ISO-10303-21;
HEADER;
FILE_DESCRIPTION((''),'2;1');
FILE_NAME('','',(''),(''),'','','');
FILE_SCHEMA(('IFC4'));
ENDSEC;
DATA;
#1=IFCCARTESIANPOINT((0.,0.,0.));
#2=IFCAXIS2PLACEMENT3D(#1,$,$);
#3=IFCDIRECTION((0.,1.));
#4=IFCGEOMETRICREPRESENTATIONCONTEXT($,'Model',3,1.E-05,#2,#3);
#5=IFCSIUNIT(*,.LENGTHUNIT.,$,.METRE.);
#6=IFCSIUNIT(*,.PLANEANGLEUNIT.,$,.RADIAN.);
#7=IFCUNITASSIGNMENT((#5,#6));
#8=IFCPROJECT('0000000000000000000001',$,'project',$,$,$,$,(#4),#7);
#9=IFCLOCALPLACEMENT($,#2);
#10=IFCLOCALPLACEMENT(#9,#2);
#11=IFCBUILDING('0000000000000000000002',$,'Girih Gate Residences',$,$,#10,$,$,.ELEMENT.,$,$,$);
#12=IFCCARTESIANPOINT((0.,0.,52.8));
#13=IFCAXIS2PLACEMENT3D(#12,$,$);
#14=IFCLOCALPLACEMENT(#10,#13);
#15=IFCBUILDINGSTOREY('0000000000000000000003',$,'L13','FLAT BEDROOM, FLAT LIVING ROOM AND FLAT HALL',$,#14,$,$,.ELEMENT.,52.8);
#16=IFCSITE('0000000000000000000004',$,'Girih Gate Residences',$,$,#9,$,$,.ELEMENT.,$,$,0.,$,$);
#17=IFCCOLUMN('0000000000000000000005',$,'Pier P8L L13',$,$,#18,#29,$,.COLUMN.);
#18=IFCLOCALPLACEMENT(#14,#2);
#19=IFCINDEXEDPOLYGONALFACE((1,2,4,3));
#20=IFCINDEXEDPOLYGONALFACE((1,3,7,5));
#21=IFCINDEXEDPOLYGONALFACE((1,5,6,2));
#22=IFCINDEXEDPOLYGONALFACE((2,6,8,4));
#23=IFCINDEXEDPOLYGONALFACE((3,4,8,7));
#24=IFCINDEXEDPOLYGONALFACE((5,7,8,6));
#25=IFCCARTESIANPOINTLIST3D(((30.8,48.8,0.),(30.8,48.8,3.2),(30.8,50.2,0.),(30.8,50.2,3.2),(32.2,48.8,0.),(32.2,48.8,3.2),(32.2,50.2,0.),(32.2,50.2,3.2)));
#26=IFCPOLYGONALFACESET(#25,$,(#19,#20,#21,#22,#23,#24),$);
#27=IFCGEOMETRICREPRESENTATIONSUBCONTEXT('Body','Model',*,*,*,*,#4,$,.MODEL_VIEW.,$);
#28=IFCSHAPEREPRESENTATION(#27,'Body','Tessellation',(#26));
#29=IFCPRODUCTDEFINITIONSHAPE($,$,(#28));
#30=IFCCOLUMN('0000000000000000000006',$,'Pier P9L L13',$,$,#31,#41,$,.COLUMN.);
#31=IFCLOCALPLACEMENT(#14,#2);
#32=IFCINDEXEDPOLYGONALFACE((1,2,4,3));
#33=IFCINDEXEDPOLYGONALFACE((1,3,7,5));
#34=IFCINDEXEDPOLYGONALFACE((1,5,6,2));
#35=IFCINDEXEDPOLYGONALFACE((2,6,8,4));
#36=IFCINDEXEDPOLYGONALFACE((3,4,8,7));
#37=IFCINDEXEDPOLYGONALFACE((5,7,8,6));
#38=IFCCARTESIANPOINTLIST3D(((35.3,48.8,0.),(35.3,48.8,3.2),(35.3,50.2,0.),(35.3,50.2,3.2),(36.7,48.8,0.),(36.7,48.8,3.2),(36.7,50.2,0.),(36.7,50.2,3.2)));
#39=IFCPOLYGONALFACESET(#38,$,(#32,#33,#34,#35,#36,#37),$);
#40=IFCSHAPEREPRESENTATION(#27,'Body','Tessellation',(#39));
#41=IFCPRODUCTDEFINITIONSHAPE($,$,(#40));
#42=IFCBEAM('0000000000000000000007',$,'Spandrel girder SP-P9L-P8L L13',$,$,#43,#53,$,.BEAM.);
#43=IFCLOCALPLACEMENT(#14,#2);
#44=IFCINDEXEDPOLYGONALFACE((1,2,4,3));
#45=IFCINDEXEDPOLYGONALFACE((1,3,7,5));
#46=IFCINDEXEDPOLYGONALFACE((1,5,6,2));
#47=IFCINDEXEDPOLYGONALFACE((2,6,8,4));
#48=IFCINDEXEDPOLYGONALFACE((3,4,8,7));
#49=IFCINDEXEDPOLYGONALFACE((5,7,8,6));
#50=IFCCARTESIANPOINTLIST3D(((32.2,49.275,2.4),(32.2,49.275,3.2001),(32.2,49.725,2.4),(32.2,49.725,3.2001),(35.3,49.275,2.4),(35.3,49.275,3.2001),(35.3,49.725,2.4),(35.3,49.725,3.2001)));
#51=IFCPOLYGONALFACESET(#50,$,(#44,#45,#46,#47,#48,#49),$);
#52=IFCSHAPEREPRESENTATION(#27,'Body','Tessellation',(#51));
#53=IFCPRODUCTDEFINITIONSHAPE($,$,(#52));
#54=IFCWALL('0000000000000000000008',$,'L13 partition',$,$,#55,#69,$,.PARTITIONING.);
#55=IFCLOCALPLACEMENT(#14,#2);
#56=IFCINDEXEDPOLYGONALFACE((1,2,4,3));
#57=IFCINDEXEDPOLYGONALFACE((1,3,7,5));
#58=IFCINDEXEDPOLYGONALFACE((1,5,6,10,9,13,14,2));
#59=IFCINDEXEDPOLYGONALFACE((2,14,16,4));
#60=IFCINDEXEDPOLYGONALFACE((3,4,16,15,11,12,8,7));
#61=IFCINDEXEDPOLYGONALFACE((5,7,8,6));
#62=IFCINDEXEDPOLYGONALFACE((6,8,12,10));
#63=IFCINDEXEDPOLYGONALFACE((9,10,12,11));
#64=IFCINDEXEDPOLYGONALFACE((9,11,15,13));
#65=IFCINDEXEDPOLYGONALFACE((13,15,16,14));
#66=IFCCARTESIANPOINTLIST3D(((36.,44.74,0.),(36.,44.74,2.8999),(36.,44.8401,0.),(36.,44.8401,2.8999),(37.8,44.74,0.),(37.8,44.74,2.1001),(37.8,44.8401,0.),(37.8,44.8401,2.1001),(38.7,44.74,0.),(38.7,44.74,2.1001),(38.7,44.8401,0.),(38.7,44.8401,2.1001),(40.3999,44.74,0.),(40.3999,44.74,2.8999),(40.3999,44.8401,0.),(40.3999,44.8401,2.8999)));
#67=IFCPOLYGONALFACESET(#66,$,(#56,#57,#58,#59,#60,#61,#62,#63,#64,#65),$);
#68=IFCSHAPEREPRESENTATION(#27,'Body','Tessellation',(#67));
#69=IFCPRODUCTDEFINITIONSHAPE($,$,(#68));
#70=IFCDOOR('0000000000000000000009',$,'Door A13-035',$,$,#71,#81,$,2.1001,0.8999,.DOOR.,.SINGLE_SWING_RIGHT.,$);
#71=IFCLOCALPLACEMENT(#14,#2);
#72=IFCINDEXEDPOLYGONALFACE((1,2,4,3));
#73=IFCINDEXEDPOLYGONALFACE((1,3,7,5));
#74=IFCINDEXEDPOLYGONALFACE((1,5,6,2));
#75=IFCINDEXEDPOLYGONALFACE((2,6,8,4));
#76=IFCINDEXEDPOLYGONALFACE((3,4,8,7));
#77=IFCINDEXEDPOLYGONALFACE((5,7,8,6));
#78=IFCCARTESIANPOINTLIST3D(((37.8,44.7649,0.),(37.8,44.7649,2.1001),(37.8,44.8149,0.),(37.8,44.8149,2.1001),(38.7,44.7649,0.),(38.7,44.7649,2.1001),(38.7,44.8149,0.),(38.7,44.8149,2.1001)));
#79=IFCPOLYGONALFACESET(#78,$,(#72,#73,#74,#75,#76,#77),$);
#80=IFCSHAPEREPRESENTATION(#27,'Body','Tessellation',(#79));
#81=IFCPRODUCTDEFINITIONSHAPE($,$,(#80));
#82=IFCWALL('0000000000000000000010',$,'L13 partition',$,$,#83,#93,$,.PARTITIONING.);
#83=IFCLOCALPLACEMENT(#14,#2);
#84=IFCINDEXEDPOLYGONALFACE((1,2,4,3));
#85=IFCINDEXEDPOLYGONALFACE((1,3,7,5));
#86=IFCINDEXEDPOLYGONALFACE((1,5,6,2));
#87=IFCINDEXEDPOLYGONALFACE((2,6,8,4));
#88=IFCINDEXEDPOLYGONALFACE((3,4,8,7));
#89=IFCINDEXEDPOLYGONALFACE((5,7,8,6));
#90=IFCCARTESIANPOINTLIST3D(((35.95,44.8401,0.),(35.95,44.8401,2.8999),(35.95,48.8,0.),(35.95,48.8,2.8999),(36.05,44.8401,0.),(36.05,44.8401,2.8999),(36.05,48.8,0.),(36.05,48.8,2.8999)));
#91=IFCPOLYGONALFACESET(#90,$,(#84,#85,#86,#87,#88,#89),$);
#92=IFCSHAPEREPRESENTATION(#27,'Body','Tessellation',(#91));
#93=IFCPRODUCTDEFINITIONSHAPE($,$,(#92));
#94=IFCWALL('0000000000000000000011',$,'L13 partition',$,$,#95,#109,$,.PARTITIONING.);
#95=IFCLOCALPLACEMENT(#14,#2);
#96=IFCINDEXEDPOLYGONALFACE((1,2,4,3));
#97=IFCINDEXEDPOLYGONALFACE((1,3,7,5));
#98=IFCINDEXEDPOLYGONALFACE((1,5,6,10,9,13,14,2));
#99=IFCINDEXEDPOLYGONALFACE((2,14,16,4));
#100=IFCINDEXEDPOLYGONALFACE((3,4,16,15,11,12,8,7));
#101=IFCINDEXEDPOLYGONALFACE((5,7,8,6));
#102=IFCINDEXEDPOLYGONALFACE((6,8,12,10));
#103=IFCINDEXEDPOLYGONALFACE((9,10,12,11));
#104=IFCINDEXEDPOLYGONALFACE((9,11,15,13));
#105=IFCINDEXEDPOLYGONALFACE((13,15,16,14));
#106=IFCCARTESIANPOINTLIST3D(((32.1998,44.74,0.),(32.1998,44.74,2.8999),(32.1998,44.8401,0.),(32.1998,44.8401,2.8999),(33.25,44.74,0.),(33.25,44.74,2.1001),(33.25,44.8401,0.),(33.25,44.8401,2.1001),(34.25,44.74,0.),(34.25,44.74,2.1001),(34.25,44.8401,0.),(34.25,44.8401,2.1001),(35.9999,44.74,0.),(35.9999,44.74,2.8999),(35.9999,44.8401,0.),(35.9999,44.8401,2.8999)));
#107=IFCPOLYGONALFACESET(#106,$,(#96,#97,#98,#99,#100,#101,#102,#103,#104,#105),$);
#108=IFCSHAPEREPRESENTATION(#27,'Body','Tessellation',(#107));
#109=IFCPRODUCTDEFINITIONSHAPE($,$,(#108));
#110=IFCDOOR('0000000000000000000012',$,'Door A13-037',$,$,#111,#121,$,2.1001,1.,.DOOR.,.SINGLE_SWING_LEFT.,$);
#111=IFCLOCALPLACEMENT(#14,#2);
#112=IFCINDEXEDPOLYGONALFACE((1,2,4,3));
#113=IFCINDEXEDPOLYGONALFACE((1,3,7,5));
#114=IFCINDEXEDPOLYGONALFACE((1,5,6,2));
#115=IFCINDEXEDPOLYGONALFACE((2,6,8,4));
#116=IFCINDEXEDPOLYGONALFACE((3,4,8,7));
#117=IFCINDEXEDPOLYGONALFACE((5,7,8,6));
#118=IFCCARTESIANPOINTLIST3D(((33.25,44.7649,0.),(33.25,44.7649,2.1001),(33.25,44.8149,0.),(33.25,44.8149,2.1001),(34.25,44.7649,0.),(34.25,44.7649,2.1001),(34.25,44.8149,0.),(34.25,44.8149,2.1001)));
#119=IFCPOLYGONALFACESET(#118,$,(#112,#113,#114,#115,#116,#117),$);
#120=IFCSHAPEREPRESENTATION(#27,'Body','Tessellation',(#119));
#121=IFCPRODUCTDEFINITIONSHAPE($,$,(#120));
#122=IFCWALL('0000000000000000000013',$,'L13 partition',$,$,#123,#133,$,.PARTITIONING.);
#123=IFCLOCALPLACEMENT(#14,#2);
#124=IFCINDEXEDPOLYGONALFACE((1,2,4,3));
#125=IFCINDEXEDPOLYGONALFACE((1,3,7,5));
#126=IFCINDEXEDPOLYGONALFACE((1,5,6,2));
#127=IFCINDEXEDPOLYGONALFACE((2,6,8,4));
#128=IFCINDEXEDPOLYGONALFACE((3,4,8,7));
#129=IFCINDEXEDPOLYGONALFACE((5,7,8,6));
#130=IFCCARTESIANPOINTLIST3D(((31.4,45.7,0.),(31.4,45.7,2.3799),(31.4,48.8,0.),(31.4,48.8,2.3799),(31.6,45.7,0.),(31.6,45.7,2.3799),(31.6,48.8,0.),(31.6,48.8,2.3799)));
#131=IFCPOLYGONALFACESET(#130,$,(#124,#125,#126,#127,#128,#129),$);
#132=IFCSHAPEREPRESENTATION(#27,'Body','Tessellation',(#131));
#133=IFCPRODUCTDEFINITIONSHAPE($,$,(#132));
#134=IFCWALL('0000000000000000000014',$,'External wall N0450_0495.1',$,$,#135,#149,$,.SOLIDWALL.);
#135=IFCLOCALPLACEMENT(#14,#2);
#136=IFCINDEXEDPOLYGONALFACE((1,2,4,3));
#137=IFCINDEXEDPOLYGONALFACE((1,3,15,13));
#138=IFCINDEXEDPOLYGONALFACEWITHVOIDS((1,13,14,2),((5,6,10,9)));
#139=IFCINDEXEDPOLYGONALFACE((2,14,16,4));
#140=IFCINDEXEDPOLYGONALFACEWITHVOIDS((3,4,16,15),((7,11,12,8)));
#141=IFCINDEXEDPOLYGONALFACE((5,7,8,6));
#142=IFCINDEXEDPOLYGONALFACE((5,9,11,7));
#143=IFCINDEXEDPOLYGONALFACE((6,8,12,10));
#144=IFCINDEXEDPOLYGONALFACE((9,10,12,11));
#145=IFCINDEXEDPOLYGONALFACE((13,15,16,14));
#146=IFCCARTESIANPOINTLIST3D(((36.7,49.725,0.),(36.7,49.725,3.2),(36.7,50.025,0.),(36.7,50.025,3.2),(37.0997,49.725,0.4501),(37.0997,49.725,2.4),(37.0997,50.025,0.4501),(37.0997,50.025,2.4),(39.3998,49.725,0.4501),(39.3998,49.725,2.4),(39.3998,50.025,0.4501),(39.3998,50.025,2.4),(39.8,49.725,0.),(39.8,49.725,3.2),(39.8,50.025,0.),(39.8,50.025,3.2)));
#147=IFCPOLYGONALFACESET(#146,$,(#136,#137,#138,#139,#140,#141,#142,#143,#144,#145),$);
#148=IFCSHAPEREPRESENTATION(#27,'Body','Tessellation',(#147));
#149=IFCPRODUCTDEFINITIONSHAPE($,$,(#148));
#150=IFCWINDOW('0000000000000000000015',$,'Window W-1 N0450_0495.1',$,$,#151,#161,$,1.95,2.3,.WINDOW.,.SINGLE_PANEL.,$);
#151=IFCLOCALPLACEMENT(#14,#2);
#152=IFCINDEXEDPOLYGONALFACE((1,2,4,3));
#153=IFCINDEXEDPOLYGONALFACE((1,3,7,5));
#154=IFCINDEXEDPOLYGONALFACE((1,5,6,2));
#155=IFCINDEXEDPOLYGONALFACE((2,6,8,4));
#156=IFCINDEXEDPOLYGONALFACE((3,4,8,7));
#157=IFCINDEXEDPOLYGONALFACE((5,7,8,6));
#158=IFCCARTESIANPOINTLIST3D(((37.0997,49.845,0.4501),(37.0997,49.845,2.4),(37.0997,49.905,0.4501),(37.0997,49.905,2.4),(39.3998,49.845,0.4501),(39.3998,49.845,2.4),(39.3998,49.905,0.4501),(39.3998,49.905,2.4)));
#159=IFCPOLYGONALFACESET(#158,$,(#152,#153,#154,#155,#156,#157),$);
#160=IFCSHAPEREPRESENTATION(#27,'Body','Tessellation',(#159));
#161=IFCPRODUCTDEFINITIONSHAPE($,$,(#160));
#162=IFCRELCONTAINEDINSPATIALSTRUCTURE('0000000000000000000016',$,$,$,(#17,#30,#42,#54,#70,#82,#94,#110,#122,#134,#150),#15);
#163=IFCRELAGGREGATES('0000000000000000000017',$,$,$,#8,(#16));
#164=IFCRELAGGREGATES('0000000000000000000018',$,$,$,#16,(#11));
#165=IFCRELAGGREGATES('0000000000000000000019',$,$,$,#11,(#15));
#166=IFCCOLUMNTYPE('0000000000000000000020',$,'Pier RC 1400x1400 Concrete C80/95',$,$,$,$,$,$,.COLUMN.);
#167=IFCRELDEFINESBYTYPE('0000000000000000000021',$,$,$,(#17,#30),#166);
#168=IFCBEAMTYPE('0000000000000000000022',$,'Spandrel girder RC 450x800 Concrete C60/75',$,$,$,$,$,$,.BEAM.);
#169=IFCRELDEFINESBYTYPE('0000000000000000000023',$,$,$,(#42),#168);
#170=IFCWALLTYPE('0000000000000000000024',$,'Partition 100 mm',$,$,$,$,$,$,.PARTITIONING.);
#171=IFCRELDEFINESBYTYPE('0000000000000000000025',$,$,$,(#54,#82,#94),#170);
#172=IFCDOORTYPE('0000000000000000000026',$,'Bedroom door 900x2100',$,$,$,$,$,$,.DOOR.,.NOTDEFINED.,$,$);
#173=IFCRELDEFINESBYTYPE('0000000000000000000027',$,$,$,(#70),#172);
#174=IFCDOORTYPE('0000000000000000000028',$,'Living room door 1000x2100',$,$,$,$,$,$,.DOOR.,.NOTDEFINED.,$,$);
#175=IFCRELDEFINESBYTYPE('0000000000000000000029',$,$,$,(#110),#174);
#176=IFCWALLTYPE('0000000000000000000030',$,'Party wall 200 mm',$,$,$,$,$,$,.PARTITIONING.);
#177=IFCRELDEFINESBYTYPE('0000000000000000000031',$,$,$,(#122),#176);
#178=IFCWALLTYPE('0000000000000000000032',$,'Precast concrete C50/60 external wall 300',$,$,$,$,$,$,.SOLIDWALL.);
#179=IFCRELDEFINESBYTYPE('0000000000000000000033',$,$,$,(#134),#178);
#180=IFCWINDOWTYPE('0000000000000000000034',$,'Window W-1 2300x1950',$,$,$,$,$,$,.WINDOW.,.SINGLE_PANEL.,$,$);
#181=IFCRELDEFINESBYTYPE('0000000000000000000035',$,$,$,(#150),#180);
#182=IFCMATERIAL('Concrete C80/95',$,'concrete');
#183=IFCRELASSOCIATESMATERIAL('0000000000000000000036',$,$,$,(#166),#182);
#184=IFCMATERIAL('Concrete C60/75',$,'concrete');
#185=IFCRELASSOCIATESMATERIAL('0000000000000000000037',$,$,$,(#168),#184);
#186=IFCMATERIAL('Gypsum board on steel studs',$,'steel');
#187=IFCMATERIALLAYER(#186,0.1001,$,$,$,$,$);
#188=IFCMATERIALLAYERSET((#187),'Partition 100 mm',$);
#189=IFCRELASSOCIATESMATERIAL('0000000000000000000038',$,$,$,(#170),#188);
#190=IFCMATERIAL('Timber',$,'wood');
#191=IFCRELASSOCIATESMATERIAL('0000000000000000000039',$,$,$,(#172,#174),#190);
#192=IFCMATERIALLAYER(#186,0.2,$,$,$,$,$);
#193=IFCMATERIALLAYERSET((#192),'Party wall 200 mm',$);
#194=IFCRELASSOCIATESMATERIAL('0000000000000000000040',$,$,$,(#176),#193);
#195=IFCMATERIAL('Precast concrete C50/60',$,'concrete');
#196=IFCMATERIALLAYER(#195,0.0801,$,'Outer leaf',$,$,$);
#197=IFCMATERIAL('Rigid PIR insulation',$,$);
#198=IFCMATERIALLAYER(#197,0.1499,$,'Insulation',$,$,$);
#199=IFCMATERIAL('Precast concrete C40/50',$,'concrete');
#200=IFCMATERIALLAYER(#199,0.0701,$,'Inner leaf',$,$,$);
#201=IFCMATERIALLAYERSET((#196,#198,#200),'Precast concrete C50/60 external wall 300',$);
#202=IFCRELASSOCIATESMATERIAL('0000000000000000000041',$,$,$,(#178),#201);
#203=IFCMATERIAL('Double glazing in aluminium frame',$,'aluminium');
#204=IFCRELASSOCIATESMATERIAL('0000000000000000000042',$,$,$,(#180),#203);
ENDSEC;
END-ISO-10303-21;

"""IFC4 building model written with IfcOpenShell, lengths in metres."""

from ifc_helpers import new_model, si_unit, direction, frame, frame_2d, origin, origin_2d, place, context, subcontext, project, spatial, rectangle, extrude, material, layer, layer_set, material_profile, profile_set, type_object, element, fill, save


model = new_model("IFC4")

# Units and contexts
model_context = context("Model", 3, precision=1e-05, world=origin(), true_north=direction((0.0, 1.0)))
body_context = subcontext(model_context, "Body", "Model", "MODEL_VIEW")
ifc_project = project(units=[si_unit("LENGTHUNIT", "METRE"), si_unit("PLANEANGLEUNIT", "RADIAN")], contexts=[model_context])

# Site, building, storey
site_placement = place(None, origin())
site = spatial("IfcSite", under=ifc_project, at=site_placement, Name="Girih Gate Residences", CompositionType="ELEMENT", RefElevation=0.0)
building_placement = place(site_placement, origin())
building = spatial("IfcBuilding", under=site, at=building_placement, Name="Girih Gate Residences", CompositionType="ELEMENT")
storey_placement = place(building_placement, frame((0.0, 0.0, 52.8)))
storey = spatial("IfcBuildingStorey", under=building, at=storey_placement, Name="L13", Description="FLAT BEDROOM, FLAT LIVING ROOM AND FLAT HALL", CompositionType="ELEMENT", Elevation=52.8)

# Columns
ifc_material_1 = material(Name="Concrete C80/95", Category="concrete")
ifc_material_profile_1 = material_profile(ifc_material_1, rectangle(XDim=1.3999, YDim=1.3999, at=origin_2d()))
ifc_profile_set_1 = profile_set([ifc_material_profile_1], Name="Concrete C80/95")
column_type = type_object("IfcColumnType", Name="Pier RC 1400x1400 Concrete C80/95", PredefinedType="COLUMN", material=ifc_profile_set_1)
for number, where, z_axis, x_axis, name in (
    (1, (31.5, 49.5, 0.0), (0.0, 0.0, 1.0), (1.0, 0.0, 0.0), "Pier P8L L13"),
    (2, (36.0, 49.5, 0.0), (0.0, 0.0, 1.0), (1.0, 0.0, 0.0), "Pier P9L L13"),
):
    element("IfcColumn", number, at=place(storey_placement, frame(where, z_axis=z_axis, x_axis=x_axis)), inside=storey, type_object=column_type, Name=name, PredefinedType="COLUMN", context=body_context, shape_type="SweptSolid", body=[
        extrude(rectangle(XDim=1.3999, YDim=1.3999, at=origin_2d()), origin(), (0.0, 0.0, 1.0), 3.2),
    ])

# Beam
ifc_material_2 = material(Name="Concrete C60/75", Category="concrete")
ifc_material_profile_2 = material_profile(ifc_material_2, rectangle(XDim=0.45, YDim=0.8, at=origin_2d()))
ifc_profile_set_2 = profile_set([ifc_material_profile_2], Name="Concrete C60/75")
beam_type = type_object("IfcBeamType", Name="Spandrel girder RC 450x800 Concrete C60/75", PredefinedType="BEAM", material=ifc_profile_set_2)
beam_placement = place(storey_placement, frame((35.3, 49.5, 2.8), z_axis=(-1.0, 0.0, 0.0), x_axis=(0.0, -1.0, 0.0)))
element("IfcBeam", 3, at=beam_placement, inside=storey, type_object=beam_type, Name="Spandrel girder SP-P9L-P8L L13", PredefinedType="BEAM", context=body_context, shape_type="SweptSolid", body=[
    extrude(rectangle(XDim=0.45, YDim=0.8, at=origin_2d()), origin(), (0.0, 0.0, 1.0), 3.1001),
])

# Wall, opening, door
ifc_material_3 = material(Name="Gypsum board on steel studs", Category="steel")
ifc_layer_1 = layer(ifc_material_3, 0.1001)
ifc_layer_set_1 = layer_set([ifc_layer_1], Name="Partition 100 mm")
wall_type_1 = type_object("IfcWallType", Name="Partition 100 mm", PredefinedType="PARTITIONING", material=ifc_layer_set_1)
wall_1_placement = place(storey_placement, frame((36.0, 44.79, 0.0), z_axis=(0.0, 0.0, 1.0), x_axis=(1.0, 0.0, 0.0)))
wall_1 = element("IfcWall", 4, at=wall_1_placement, inside=storey, type_object=wall_type_1, Name="L13 partition", PredefinedType="PARTITIONING", context=body_context, shape_type="SweptSolid", body=[
    extrude(rectangle(XDim=4.3999, YDim=0.1001, at=frame_2d((2.2, 0.0))), origin(), (0.0, 0.0, 1.0), 2.8999),
])
opening_1_placement = place(wall_1_placement, frame((1.8, 0.0, 0.0)))
opening_1 = element("IfcOpeningElement", 5, at=opening_1_placement, cuts=wall_1, PredefinedType="OPENING", context=body_context, shape_type="SweptSolid", body=[
    extrude(rectangle(XDim=0.8999, YDim=2.1001, at=frame_2d((0.45, 1.05))), frame((0.0, 0.0601, 0.0), z_axis=(0.0, -1.0, 0.0), x_axis=(1.0, 0.0, 0.0)), (0.0, 0.0, 1.0), 0.1201),
])
ifc_material_4 = material(Name="Timber", Category="wood")
door_type_1 = type_object("IfcDoorType", Name="Bedroom door 900x2100", OperationType="NOTDEFINED", PredefinedType="DOOR", material=ifc_material_4)
door_1_placement = place(opening_1_placement, origin())
door_1 = element("IfcDoor", 6, at=door_1_placement, inside=storey, type_object=door_type_1, Name="Door A13-035", OperationType="SINGLE_SWING_RIGHT", OverallHeight=2.1001, OverallWidth=0.8999, PredefinedType="DOOR", context=body_context, shape_type="SweptSolid", body=[
    extrude(rectangle(XDim=0.8999, YDim=2.1001, at=frame_2d((0.45, 1.05))), frame((0.0, 0.0249, 0.0), z_axis=(0.0, -1.0, 0.0), x_axis=(1.0, 0.0, 0.0)), (0.0, 0.0, 1.0), 0.05),
])
fill(opening_1, door_1)

# Wall
wall_2_placement = place(storey_placement, frame((36.0, 44.8401, 0.0), z_axis=(0.0, 0.0, 1.0), x_axis=(0.0, 1.0, 0.0)))
element("IfcWall", 7, at=wall_2_placement, inside=storey, type_object=wall_type_1, Name="L13 partition", PredefinedType="PARTITIONING", context=body_context, shape_type="SweptSolid", body=[
    extrude(rectangle(XDim=3.96, YDim=0.1001, at=frame_2d((1.98, 0.0))), origin(), (0.0, 0.0, 1.0), 2.8999),
])

# Wall, opening, door
wall_3_placement = place(storey_placement, frame((32.2, 44.79, 0.0), z_axis=(0.0, 0.0, 1.0), x_axis=(1.0, 0.0, 0.0)))
wall_3 = element("IfcWall", 8, at=wall_3_placement, inside=storey, type_object=wall_type_1, Name="L13 partition", PredefinedType="PARTITIONING", context=body_context, shape_type="SweptSolid", body=[
    extrude(rectangle(XDim=3.8, YDim=0.1001, at=frame_2d((1.8999, 0.0))), origin(), (0.0, 0.0, 1.0), 2.8999),
])
opening_2_placement = place(wall_3_placement, frame((1.05, 0.0, 0.0)))
opening_2 = element("IfcOpeningElement", 9, at=opening_2_placement, cuts=wall_3, PredefinedType="OPENING", context=body_context, shape_type="SweptSolid", body=[
    extrude(rectangle(XDim=1.0, YDim=2.1001, at=frame_2d((0.5, 1.05))), frame((0.0, 0.0601, 0.0), z_axis=(0.0, -1.0, 0.0), x_axis=(1.0, 0.0, 0.0)), (0.0, 0.0, 1.0), 0.1201),
])
door_type_2 = type_object("IfcDoorType", Name="Living room door 1000x2100", OperationType="NOTDEFINED", PredefinedType="DOOR", material=ifc_material_4)
door_2_placement = place(opening_2_placement, origin())
door_2 = element("IfcDoor", 10, at=door_2_placement, inside=storey, type_object=door_type_2, Name="Door A13-037", OperationType="SINGLE_SWING_LEFT", OverallHeight=2.1001, OverallWidth=1.0, PredefinedType="DOOR", context=body_context, shape_type="SweptSolid", body=[
    extrude(rectangle(XDim=1.0, YDim=2.1001, at=frame_2d((0.5, 1.05))), frame((0.0, 0.0249, 0.0), z_axis=(0.0, -1.0, 0.0), x_axis=(1.0, 0.0, 0.0)), (0.0, 0.0, 1.0), 0.05),
])
fill(opening_2, door_2)

# Wall
ifc_layer_2 = layer(ifc_material_3, 0.2)
ifc_layer_set_2 = layer_set([ifc_layer_2], Name="Party wall 200 mm")
wall_type_2 = type_object("IfcWallType", Name="Party wall 200 mm", PredefinedType="PARTITIONING", material=ifc_layer_set_2)
wall_4_placement = place(storey_placement, frame((31.5, 45.7, 0.0), z_axis=(0.0, 0.0, 1.0), x_axis=(0.0, 1.0, 0.0)))
element("IfcWall", 11, at=wall_4_placement, inside=storey, type_object=wall_type_2, Name="L13 partition", PredefinedType="PARTITIONING", context=body_context, shape_type="SweptSolid", body=[
    extrude(rectangle(XDim=3.1001, YDim=0.2, at=frame_2d((1.55, 0.0))), origin(), (0.0, 0.0, 1.0), 2.3799),
])

# Wall, opening, window
ifc_material_5 = material(Name="Precast concrete C50/60", Category="concrete")
ifc_layer_3 = layer(ifc_material_5, 0.0801, Name="Outer leaf")
ifc_material_6 = material(Name="Rigid PIR insulation")
ifc_layer_4 = layer(ifc_material_6, 0.1499, Name="Insulation")
ifc_material_7 = material(Name="Precast concrete C40/50", Category="concrete")
ifc_layer_5 = layer(ifc_material_7, 0.0701, Name="Inner leaf")
ifc_layer_set_3 = layer_set([ifc_layer_3, ifc_layer_4, ifc_layer_5], Name="Precast concrete C50/60 external wall 300")
wall_type_3 = type_object("IfcWallType", Name="Precast concrete C50/60 external wall 300", PredefinedType="SOLIDWALL", material=ifc_layer_set_3)
wall_5_placement = place(storey_placement, frame((36.7, 49.875, 0.0), z_axis=(0.0, 0.0, 1.0), x_axis=(1.0, 0.0, 0.0)))
wall_5 = element("IfcWall", 12, at=wall_5_placement, inside=storey, type_object=wall_type_3, Name="External wall N0450_0495.1", PredefinedType="SOLIDWALL", context=body_context, shape_type="SweptSolid", body=[
    extrude(rectangle(XDim=3.1001, YDim=0.3, at=frame_2d((1.55, 0.0))), origin(), (0.0, 0.0, 1.0), 3.2),
])
opening_3_placement = place(wall_5_placement, frame((0.3999, 0.0, 0.45)))
opening_3 = element("IfcOpeningElement", 13, at=opening_3_placement, cuts=wall_5, PredefinedType="OPENING", context=body_context, shape_type="SweptSolid", body=[
    extrude(rectangle(XDim=2.3, YDim=1.95, at=frame_2d((1.1499, 0.9751))), frame((0.0, 0.1599, 0.0), z_axis=(0.0, -1.0, 0.0), x_axis=(1.0, 0.0, 0.0)), (0.0, 0.0, 1.0), 0.3201),
])
ifc_material_8 = material(Name="Double glazing in aluminium frame", Category="aluminium")
window_type = type_object("IfcWindowType", Name="Window W-1 2300x1950", PartitioningType="SINGLE_PANEL", PredefinedType="WINDOW", material=ifc_material_8)
window_1_placement = place(opening_3_placement, origin())
window_1 = element("IfcWindow", 14, at=window_1_placement, inside=storey, type_object=window_type, Name="Window W-1 N0450_0495.1", OverallHeight=1.95, OverallWidth=2.3, PartitioningType="SINGLE_PANEL", PredefinedType="WINDOW", context=body_context, shape_type="SweptSolid", body=[
    extrude(rectangle(XDim=2.3, YDim=1.95, at=frame_2d((1.1499, 0.9751))), frame((0.0, 0.03, 0.0), z_axis=(0.0, -1.0, 0.0), x_axis=(1.0, 0.0, 0.0)), (0.0, 0.0, 1.0), 0.0601),
])
fill(opening_3, window_1)

save(model, "model.ifc")
